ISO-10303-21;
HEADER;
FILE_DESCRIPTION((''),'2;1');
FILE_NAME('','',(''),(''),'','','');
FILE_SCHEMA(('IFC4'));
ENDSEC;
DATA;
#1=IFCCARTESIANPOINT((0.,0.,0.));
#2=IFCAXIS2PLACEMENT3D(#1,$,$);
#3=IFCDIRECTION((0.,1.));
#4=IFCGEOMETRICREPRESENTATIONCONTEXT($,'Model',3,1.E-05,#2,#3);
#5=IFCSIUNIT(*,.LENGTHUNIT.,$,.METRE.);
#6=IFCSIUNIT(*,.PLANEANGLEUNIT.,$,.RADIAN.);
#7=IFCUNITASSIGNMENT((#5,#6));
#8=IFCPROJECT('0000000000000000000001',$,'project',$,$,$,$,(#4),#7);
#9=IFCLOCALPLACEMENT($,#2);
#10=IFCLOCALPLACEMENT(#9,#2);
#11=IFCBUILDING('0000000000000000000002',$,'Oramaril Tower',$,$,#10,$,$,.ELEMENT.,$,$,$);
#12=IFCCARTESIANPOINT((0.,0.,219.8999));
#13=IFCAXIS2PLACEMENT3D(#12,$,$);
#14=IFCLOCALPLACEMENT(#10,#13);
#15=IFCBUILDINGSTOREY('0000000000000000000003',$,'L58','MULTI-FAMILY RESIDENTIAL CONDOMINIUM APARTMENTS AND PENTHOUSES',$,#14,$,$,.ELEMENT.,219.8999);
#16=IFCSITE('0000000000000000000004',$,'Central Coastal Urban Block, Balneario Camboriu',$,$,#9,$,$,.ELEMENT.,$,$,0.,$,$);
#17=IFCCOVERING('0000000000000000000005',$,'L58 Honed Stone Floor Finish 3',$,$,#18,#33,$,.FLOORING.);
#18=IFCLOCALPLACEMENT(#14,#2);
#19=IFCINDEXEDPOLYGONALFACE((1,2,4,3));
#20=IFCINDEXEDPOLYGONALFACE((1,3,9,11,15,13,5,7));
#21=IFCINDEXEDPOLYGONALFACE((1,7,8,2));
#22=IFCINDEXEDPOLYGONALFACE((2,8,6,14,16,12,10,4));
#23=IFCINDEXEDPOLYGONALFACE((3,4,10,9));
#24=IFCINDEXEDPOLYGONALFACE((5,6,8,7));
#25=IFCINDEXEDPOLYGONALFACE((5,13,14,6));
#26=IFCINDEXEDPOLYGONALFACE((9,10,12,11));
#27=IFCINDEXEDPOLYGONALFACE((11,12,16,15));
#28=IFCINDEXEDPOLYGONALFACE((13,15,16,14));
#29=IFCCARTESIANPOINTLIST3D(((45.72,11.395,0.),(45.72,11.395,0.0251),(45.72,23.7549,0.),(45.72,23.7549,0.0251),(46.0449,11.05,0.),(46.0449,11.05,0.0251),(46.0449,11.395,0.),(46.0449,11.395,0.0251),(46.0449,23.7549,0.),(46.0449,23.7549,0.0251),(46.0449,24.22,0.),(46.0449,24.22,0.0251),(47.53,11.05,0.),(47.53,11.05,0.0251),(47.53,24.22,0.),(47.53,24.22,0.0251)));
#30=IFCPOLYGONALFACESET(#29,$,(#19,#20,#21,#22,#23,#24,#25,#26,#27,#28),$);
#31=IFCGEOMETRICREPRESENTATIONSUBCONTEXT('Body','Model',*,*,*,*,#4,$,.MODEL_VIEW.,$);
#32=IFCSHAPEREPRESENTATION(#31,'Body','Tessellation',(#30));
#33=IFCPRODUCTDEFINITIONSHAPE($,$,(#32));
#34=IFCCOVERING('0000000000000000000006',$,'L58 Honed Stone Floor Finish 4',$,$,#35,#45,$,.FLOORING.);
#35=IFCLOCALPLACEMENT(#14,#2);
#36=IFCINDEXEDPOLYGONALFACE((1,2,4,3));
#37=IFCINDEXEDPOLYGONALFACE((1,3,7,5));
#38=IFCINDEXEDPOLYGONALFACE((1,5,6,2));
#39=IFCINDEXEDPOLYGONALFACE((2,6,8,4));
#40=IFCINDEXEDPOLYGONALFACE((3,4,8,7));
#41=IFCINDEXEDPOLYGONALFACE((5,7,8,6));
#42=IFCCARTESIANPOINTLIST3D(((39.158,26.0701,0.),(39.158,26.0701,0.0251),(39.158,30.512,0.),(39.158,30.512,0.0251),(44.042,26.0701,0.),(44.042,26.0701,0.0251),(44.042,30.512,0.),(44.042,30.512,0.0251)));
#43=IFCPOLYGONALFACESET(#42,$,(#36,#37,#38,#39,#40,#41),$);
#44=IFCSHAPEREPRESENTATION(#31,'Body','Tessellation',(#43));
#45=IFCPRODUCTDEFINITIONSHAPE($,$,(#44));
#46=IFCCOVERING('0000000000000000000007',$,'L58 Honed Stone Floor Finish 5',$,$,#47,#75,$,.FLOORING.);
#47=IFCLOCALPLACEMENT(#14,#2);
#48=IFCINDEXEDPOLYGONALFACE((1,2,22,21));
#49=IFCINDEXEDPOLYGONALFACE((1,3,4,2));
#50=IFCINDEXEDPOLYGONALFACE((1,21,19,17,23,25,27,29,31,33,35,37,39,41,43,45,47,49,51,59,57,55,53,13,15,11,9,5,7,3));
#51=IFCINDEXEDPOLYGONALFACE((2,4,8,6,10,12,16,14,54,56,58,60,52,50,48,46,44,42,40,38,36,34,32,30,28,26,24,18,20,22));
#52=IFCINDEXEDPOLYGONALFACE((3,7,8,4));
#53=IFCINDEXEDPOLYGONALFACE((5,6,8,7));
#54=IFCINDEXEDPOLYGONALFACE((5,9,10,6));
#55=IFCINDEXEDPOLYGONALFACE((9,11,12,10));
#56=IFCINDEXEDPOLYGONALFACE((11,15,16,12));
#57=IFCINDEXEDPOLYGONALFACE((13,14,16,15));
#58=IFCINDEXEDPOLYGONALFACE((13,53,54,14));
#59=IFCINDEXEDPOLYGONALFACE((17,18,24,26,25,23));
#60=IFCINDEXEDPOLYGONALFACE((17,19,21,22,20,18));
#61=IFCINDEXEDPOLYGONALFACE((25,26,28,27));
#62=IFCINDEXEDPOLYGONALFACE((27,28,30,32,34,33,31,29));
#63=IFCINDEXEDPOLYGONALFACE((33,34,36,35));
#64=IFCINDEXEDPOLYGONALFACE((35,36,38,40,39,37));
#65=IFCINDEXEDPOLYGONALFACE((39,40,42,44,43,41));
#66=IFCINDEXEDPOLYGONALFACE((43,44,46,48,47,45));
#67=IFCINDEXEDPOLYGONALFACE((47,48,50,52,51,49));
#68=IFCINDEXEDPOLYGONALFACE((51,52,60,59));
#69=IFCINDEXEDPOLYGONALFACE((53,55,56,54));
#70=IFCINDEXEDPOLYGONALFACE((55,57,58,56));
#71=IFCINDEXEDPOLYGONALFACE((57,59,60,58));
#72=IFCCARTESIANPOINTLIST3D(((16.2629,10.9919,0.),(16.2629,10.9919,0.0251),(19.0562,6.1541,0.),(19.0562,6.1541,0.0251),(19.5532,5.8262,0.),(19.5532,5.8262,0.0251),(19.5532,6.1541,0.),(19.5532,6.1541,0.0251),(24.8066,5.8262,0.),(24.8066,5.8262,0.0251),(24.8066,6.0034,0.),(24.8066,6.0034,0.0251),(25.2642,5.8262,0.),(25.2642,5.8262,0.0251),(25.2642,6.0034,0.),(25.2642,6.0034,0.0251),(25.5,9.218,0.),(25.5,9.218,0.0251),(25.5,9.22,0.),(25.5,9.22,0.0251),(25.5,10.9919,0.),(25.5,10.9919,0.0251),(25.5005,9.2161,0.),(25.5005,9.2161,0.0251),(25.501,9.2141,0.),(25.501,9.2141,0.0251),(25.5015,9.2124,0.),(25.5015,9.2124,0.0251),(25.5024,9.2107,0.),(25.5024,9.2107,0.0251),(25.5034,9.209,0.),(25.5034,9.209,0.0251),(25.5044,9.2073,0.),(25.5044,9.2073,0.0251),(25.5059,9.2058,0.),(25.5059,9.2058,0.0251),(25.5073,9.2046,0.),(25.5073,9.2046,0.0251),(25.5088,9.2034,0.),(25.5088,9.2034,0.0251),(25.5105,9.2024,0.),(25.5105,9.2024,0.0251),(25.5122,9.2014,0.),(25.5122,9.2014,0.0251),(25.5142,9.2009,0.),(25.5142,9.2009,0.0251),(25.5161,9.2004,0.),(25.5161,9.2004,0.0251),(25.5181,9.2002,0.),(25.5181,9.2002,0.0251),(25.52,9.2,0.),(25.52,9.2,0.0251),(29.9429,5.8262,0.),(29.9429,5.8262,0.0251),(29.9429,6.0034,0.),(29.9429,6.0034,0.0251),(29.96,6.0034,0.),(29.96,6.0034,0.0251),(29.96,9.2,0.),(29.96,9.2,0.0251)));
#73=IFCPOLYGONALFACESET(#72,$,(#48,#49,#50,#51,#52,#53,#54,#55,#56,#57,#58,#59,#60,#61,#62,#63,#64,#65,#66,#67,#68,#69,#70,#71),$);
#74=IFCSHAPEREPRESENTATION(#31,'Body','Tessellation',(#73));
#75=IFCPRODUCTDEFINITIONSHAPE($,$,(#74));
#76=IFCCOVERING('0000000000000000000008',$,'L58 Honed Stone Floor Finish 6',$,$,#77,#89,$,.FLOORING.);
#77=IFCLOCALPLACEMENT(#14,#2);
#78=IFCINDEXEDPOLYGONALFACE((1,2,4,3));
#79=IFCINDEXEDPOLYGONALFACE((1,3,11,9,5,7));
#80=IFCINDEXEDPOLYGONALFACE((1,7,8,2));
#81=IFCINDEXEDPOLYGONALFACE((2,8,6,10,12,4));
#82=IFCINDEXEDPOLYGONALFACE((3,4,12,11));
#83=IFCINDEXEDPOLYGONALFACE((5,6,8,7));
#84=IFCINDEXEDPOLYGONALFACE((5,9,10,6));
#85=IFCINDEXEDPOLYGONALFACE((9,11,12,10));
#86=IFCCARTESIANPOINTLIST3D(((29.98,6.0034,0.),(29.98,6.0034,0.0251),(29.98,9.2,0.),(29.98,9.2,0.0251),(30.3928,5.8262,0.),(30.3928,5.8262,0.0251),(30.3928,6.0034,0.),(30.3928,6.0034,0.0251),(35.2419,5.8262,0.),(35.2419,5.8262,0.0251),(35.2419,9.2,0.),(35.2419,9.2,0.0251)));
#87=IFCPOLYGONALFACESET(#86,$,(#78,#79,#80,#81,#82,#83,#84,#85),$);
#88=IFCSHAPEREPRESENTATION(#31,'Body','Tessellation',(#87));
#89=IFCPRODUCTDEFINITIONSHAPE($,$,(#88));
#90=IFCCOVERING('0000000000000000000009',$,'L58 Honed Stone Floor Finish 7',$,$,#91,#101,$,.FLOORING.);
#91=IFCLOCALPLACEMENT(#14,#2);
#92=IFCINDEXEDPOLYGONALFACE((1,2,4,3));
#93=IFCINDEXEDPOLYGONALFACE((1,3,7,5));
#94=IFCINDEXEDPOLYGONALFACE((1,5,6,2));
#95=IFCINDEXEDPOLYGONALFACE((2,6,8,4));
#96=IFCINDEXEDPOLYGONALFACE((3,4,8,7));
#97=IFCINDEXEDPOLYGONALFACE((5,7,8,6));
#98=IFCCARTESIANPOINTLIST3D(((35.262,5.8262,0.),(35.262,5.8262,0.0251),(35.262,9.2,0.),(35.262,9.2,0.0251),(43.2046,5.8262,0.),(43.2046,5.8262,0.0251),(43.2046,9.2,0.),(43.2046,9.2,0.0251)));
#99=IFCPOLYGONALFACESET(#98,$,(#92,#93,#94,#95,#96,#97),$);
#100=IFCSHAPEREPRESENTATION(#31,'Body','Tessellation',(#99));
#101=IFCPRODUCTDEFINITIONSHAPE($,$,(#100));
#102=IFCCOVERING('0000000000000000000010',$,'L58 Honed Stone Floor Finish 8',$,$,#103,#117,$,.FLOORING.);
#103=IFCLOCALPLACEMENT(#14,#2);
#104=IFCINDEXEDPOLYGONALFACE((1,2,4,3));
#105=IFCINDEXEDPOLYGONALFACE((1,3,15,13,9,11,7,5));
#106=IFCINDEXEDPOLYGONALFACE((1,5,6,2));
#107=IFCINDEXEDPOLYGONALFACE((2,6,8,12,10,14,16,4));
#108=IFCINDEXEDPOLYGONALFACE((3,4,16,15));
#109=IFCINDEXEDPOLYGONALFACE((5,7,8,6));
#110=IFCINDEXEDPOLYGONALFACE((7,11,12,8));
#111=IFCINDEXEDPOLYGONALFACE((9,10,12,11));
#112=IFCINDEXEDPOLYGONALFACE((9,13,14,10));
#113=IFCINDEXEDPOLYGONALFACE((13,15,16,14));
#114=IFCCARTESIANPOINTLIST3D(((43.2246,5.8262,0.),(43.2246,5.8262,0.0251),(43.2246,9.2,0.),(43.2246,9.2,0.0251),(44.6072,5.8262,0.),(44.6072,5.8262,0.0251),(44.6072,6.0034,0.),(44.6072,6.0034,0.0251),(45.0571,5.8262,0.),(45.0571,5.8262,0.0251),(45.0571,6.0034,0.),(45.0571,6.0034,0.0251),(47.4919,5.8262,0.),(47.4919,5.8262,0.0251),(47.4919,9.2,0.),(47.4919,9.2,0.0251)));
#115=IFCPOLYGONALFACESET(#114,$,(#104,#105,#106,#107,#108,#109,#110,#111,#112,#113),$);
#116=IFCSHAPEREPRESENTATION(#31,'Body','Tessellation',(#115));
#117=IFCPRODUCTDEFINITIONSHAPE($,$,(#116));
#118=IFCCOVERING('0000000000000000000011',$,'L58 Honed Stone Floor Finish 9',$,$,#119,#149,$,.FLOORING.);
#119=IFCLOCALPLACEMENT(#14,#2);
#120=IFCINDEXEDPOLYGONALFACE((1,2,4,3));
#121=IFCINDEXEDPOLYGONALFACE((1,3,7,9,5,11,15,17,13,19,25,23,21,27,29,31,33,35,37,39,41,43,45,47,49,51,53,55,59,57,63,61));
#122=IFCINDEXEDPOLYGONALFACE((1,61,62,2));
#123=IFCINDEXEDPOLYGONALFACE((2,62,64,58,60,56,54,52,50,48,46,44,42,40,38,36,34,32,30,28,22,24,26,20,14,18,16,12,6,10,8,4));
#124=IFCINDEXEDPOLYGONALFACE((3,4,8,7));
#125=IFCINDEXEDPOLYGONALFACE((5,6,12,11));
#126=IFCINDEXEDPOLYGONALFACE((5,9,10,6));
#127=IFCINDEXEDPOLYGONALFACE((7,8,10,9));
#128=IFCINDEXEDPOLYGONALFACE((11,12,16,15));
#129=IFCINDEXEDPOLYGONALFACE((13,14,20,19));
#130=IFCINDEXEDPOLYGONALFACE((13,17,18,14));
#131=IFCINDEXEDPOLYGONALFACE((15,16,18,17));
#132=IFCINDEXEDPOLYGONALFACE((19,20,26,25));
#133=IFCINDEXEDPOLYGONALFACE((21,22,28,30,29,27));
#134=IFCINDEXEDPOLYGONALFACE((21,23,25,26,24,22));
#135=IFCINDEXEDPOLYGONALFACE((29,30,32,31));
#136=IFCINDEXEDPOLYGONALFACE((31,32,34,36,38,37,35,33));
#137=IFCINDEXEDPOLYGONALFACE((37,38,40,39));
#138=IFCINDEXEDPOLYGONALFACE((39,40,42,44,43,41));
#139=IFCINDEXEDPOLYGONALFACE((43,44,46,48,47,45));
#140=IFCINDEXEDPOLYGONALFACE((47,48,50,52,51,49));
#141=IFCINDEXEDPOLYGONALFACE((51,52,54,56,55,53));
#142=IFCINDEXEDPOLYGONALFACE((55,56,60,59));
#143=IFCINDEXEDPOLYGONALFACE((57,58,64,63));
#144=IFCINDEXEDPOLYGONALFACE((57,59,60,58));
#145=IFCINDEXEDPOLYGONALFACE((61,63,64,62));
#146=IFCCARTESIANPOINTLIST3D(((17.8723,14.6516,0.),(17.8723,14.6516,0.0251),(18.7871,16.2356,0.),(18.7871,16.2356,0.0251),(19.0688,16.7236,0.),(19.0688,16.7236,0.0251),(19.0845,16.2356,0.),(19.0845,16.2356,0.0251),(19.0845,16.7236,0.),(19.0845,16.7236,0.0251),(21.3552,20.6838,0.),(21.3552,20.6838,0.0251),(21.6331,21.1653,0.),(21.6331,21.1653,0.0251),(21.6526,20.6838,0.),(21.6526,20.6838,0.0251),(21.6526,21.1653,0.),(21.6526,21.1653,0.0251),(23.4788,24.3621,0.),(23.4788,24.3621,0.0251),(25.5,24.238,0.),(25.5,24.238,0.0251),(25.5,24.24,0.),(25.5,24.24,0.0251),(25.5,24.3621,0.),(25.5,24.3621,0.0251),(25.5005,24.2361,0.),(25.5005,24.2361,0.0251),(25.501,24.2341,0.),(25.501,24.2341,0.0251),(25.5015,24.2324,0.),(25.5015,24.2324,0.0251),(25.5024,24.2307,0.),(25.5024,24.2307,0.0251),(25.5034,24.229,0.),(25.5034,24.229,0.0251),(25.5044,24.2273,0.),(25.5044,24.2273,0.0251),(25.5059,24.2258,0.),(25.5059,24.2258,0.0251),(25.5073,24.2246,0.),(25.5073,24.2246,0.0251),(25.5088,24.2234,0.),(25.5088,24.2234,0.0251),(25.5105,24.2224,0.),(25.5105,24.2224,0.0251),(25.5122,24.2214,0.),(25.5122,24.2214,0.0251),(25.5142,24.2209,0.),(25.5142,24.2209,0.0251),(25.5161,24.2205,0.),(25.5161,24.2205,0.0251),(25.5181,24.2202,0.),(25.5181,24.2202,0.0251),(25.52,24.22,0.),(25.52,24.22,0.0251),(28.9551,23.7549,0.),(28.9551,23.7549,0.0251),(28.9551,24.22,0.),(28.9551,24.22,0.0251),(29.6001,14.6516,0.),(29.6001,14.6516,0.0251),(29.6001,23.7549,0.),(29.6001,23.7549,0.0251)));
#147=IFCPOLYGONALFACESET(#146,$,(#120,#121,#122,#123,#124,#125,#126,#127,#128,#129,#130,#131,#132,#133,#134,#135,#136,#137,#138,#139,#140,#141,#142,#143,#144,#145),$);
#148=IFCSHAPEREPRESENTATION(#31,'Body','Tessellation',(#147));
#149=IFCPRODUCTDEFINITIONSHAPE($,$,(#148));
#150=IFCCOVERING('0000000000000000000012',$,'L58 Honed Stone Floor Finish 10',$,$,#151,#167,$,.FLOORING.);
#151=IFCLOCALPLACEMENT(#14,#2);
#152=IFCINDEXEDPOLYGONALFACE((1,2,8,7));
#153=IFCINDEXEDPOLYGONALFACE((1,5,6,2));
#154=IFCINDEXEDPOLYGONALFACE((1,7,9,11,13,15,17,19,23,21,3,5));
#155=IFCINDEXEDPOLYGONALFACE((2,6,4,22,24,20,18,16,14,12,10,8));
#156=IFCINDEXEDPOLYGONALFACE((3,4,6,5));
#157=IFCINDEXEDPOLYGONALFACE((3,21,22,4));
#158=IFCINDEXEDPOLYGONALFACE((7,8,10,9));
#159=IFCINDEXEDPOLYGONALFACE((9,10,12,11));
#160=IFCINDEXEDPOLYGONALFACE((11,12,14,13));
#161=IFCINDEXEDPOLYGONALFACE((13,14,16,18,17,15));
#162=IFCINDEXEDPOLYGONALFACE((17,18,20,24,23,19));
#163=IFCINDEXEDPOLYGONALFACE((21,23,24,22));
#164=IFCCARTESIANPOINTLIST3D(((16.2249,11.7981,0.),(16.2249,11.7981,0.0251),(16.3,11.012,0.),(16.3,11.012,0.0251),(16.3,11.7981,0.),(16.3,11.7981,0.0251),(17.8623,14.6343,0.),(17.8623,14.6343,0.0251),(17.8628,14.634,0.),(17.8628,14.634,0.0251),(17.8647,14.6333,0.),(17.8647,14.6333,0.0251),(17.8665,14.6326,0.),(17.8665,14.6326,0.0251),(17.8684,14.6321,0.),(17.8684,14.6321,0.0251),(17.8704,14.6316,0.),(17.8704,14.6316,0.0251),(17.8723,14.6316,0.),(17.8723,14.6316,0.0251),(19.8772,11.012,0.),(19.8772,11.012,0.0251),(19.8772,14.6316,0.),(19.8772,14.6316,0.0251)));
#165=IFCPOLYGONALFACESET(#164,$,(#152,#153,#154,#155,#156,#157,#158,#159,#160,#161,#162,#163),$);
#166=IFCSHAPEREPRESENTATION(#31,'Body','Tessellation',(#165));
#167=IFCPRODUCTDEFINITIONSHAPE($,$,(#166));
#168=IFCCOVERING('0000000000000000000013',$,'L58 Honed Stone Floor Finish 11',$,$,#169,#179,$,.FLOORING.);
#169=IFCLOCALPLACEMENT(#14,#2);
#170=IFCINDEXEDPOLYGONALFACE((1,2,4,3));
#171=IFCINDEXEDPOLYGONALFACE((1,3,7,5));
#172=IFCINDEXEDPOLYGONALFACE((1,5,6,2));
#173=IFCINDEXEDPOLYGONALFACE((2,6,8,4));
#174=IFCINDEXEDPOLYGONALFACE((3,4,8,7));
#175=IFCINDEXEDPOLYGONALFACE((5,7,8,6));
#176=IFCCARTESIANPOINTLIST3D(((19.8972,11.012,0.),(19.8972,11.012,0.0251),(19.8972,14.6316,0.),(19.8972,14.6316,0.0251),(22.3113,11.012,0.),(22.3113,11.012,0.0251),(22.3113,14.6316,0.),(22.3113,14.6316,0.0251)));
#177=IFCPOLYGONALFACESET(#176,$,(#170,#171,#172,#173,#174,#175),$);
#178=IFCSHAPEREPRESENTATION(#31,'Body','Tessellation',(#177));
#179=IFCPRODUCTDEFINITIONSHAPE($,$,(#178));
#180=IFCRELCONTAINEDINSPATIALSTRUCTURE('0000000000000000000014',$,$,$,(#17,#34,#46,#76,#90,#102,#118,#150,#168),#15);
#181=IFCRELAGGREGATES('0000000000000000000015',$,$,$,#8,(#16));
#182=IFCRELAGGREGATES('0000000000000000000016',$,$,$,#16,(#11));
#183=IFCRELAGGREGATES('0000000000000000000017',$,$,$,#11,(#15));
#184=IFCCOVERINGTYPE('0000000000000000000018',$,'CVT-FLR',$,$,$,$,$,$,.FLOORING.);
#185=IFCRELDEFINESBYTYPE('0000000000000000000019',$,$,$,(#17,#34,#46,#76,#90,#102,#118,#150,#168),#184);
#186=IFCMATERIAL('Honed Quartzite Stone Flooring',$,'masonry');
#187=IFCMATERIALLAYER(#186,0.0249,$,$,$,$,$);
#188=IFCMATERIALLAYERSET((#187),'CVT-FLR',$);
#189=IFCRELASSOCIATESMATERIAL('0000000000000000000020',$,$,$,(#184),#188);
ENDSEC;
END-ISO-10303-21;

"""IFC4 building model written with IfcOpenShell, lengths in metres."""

from ifc_helpers import new_model, si_unit, direction, frame, origin, place, context, subcontext, project, spatial, polyline, outline, extrude, material, layer, layer_set, type_object, element, save


model = new_model("IFC4")

# Units and contexts
model_context = context("Model", 3, precision=1e-05, world=origin(), true_north=direction((0.0, 1.0)))
body_context = subcontext(model_context, "Body", "Model", "MODEL_VIEW")
ifc_project = project(units=[si_unit("LENGTHUNIT", "METRE"), si_unit("PLANEANGLEUNIT", "RADIAN")], contexts=[model_context])

# Site, building, storey
site_placement = place(None, origin())
site = spatial("IfcSite", under=ifc_project, at=site_placement, Name="Central Coastal Urban Block, Balneario Camboriu", CompositionType="ELEMENT", RefElevation=0.0)
building_placement = place(site_placement, origin())
building = spatial("IfcBuilding", under=site, at=building_placement, Name="Oramaril Tower", CompositionType="ELEMENT")
storey_placement = place(building_placement, frame((0.0, 0.0, 219.8999)))
storey = spatial("IfcBuildingStorey", under=building, at=storey_placement, Name="L58", Description="MULTI-FAMILY RESIDENTIAL CONDOMINIUM APARTMENTS AND PENTHOUSES", CompositionType="ELEMENT", Elevation=219.8999)

# Coverings
ifc_material_1 = material(Name="Honed Quartzite Stone Flooring", Category="masonry")
ifc_layer_1 = layer(ifc_material_1, 0.0249)
ifc_layer_set_1 = layer_set([ifc_layer_1], Name="CVT-FLR")
covering_type_1 = type_object("IfcCoveringType", Name="CVT-FLR", PredefinedType="FLOORING", material=ifc_layer_set_1)
covering_1_placement = place(storey_placement, origin())
element("IfcCovering", 1, at=covering_1_placement, inside=storey, type_object=covering_type_1, Name="L58 Honed Stone Floor Finish 3", PredefinedType="FLOORING", context=body_context, shape_type="SweptSolid", body=[
    extrude(outline(polyline([(47.53, 11.05), (46.0449, 11.05), (46.0449, 11.395), (45.72, 11.395), (45.72, 23.7549), (46.0449, 23.7549), (46.0449, 24.22), (47.53, 24.22), (47.53, 11.05)])), origin(), (0.0, 0.0, 1.0), 0.0251),
])
covering_2_placement = place(storey_placement, origin())
element("IfcCovering", 2, at=covering_2_placement, inside=storey, type_object=covering_type_1, Name="L58 Honed Stone Floor Finish 4", PredefinedType="FLOORING", context=body_context, shape_type="SweptSolid", body=[
    extrude(outline(polyline([(44.042, 30.512), (44.042, 26.0701), (39.158, 26.0701), (39.158, 30.512), (44.042, 30.512)])), origin(), (0.0, 0.0, 1.0), 0.0251),
])
covering_3_placement = place(storey_placement, origin())
element("IfcCovering", 3, at=covering_3_placement, inside=storey, type_object=covering_type_1, Name="L58 Honed Stone Floor Finish 5", PredefinedType="FLOORING", context=body_context, shape_type="SweptSolid", body=[
    extrude(outline(polyline([(29.96, 6.0034), (29.9429, 6.0034), (29.9429, 5.8262), (25.2642, 5.8262), (25.2642, 6.0034), (24.8066, 6.0034), (24.8066, 5.8262), (19.5532, 5.8262), (19.5532, 6.1541), (19.0562, 6.1541), (16.2629, 10.9919), (25.5, 10.9919), (25.5, 9.22), (25.5, 9.218), (25.5005, 9.2161), (25.501, 9.2141), (25.5015, 9.2124), (25.5024, 9.2107), (25.5034, 9.209), (25.5044, 9.2073), (25.5059, 9.2058), (25.5073, 9.2046), (25.5088, 9.2034), (25.5105, 9.2024), (25.5122, 9.2014), (25.5142, 9.2009), (25.5161, 9.2004), (25.5181, 9.2002), (25.52, 9.2), (29.96, 9.2), (29.96, 6.0034)])), origin(), (0.0, 0.0, 1.0), 0.0251),
])
covering_4_placement = place(storey_placement, origin())
element("IfcCovering", 4, at=covering_4_placement, inside=storey, type_object=covering_type_1, Name="L58 Honed Stone Floor Finish 6", PredefinedType="FLOORING", context=body_context, shape_type="SweptSolid", body=[
    extrude(outline(polyline([(30.3928, 5.8262), (30.3928, 6.0034), (29.98, 6.0034), (29.98, 9.2), (35.2419, 9.2), (35.2419, 5.8262), (30.3928, 5.8262)])), origin(), (0.0, 0.0, 1.0), 0.0251),
])
covering_5_placement = place(storey_placement, origin())
element("IfcCovering", 5, at=covering_5_placement, inside=storey, type_object=covering_type_1, Name="L58 Honed Stone Floor Finish 7", PredefinedType="FLOORING", context=body_context, shape_type="SweptSolid", body=[
    extrude(outline(polyline([(35.262, 5.8262), (35.262, 9.2), (43.2046, 9.2), (43.2046, 5.8262), (35.262, 5.8262)])), origin(), (0.0, 0.0, 1.0), 0.0251),
])
covering_6_placement = place(storey_placement, origin())
element("IfcCovering", 6, at=covering_6_placement, inside=storey, type_object=covering_type_1, Name="L58 Honed Stone Floor Finish 8", PredefinedType="FLOORING", context=body_context, shape_type="SweptSolid", body=[
    extrude(outline(polyline([(45.0571, 6.0034), (44.6072, 6.0034), (44.6072, 5.8262), (43.2246, 5.8262), (43.2246, 9.2), (47.4919, 9.2), (47.4919, 5.8262), (45.0571, 5.8262), (45.0571, 6.0034)])), origin(), (0.0, 0.0, 1.0), 0.0251),
])
covering_7_placement = place(storey_placement, origin())
element("IfcCovering", 7, at=covering_7_placement, inside=storey, type_object=covering_type_1, Name="L58 Honed Stone Floor Finish 9", PredefinedType="FLOORING", context=body_context, shape_type="SweptSolid", body=[
    extrude(outline(polyline([(28.9551, 23.7549), (29.6001, 23.7549), (29.6001, 14.6516), (17.8723, 14.6516), (18.7871, 16.2356), (19.0845, 16.2356), (19.0845, 16.7236), (19.0688, 16.7236), (21.3552, 20.6838), (21.6526, 20.6838), (21.6526, 21.1653), (21.6331, 21.1653), (23.4788, 24.3621), (25.5, 24.3621), (25.5, 24.24), (25.5, 24.238), (25.5005, 24.2361), (25.501, 24.2341), (25.5015, 24.2324), (25.5024, 24.2307), (25.5034, 24.229), (25.5044, 24.2273), (25.5059, 24.2258), (25.5073, 24.2246), (25.5088, 24.2234), (25.5105, 24.2224), (25.5122, 24.2214), (25.5142, 24.2209), (25.5161, 24.2205), (25.5181, 24.2202), (25.52, 24.22), (28.9551, 24.22), (28.9551, 23.7549)])), origin(), (0.0, 0.0, 1.0), 0.0251),
])
covering_8_placement = place(storey_placement, origin())
element("IfcCovering", 8, at=covering_8_placement, inside=storey, type_object=covering_type_1, Name="L58 Honed Stone Floor Finish 10", PredefinedType="FLOORING", context=body_context, shape_type="SweptSolid", body=[
    extrude(outline(polyline([(16.3, 11.7981), (16.2249, 11.7981), (17.8623, 14.6343), (17.8628, 14.634), (17.8647, 14.6333), (17.8665, 14.6326), (17.8684, 14.6321), (17.8704, 14.6316), (17.8723, 14.6316), (19.8772, 14.6316), (19.8772, 11.012), (16.3, 11.012), (16.3, 11.7981)])), origin(), (0.0, 0.0, 1.0), 0.0251),
])
covering_9_placement = place(storey_placement, origin())
element("IfcCovering", 9, at=covering_9_placement, inside=storey, type_object=covering_type_1, Name="L58 Honed Stone Floor Finish 11", PredefinedType="FLOORING", context=body_context, shape_type="SweptSolid", body=[
    extrude(outline(polyline([(22.3113, 11.012), (19.8972, 11.012), (19.8972, 14.6316), (22.3113, 14.6316), (22.3113, 11.012)])), origin(), (0.0, 0.0, 1.0), 0.0251),
])

save(model, "model.ifc")
